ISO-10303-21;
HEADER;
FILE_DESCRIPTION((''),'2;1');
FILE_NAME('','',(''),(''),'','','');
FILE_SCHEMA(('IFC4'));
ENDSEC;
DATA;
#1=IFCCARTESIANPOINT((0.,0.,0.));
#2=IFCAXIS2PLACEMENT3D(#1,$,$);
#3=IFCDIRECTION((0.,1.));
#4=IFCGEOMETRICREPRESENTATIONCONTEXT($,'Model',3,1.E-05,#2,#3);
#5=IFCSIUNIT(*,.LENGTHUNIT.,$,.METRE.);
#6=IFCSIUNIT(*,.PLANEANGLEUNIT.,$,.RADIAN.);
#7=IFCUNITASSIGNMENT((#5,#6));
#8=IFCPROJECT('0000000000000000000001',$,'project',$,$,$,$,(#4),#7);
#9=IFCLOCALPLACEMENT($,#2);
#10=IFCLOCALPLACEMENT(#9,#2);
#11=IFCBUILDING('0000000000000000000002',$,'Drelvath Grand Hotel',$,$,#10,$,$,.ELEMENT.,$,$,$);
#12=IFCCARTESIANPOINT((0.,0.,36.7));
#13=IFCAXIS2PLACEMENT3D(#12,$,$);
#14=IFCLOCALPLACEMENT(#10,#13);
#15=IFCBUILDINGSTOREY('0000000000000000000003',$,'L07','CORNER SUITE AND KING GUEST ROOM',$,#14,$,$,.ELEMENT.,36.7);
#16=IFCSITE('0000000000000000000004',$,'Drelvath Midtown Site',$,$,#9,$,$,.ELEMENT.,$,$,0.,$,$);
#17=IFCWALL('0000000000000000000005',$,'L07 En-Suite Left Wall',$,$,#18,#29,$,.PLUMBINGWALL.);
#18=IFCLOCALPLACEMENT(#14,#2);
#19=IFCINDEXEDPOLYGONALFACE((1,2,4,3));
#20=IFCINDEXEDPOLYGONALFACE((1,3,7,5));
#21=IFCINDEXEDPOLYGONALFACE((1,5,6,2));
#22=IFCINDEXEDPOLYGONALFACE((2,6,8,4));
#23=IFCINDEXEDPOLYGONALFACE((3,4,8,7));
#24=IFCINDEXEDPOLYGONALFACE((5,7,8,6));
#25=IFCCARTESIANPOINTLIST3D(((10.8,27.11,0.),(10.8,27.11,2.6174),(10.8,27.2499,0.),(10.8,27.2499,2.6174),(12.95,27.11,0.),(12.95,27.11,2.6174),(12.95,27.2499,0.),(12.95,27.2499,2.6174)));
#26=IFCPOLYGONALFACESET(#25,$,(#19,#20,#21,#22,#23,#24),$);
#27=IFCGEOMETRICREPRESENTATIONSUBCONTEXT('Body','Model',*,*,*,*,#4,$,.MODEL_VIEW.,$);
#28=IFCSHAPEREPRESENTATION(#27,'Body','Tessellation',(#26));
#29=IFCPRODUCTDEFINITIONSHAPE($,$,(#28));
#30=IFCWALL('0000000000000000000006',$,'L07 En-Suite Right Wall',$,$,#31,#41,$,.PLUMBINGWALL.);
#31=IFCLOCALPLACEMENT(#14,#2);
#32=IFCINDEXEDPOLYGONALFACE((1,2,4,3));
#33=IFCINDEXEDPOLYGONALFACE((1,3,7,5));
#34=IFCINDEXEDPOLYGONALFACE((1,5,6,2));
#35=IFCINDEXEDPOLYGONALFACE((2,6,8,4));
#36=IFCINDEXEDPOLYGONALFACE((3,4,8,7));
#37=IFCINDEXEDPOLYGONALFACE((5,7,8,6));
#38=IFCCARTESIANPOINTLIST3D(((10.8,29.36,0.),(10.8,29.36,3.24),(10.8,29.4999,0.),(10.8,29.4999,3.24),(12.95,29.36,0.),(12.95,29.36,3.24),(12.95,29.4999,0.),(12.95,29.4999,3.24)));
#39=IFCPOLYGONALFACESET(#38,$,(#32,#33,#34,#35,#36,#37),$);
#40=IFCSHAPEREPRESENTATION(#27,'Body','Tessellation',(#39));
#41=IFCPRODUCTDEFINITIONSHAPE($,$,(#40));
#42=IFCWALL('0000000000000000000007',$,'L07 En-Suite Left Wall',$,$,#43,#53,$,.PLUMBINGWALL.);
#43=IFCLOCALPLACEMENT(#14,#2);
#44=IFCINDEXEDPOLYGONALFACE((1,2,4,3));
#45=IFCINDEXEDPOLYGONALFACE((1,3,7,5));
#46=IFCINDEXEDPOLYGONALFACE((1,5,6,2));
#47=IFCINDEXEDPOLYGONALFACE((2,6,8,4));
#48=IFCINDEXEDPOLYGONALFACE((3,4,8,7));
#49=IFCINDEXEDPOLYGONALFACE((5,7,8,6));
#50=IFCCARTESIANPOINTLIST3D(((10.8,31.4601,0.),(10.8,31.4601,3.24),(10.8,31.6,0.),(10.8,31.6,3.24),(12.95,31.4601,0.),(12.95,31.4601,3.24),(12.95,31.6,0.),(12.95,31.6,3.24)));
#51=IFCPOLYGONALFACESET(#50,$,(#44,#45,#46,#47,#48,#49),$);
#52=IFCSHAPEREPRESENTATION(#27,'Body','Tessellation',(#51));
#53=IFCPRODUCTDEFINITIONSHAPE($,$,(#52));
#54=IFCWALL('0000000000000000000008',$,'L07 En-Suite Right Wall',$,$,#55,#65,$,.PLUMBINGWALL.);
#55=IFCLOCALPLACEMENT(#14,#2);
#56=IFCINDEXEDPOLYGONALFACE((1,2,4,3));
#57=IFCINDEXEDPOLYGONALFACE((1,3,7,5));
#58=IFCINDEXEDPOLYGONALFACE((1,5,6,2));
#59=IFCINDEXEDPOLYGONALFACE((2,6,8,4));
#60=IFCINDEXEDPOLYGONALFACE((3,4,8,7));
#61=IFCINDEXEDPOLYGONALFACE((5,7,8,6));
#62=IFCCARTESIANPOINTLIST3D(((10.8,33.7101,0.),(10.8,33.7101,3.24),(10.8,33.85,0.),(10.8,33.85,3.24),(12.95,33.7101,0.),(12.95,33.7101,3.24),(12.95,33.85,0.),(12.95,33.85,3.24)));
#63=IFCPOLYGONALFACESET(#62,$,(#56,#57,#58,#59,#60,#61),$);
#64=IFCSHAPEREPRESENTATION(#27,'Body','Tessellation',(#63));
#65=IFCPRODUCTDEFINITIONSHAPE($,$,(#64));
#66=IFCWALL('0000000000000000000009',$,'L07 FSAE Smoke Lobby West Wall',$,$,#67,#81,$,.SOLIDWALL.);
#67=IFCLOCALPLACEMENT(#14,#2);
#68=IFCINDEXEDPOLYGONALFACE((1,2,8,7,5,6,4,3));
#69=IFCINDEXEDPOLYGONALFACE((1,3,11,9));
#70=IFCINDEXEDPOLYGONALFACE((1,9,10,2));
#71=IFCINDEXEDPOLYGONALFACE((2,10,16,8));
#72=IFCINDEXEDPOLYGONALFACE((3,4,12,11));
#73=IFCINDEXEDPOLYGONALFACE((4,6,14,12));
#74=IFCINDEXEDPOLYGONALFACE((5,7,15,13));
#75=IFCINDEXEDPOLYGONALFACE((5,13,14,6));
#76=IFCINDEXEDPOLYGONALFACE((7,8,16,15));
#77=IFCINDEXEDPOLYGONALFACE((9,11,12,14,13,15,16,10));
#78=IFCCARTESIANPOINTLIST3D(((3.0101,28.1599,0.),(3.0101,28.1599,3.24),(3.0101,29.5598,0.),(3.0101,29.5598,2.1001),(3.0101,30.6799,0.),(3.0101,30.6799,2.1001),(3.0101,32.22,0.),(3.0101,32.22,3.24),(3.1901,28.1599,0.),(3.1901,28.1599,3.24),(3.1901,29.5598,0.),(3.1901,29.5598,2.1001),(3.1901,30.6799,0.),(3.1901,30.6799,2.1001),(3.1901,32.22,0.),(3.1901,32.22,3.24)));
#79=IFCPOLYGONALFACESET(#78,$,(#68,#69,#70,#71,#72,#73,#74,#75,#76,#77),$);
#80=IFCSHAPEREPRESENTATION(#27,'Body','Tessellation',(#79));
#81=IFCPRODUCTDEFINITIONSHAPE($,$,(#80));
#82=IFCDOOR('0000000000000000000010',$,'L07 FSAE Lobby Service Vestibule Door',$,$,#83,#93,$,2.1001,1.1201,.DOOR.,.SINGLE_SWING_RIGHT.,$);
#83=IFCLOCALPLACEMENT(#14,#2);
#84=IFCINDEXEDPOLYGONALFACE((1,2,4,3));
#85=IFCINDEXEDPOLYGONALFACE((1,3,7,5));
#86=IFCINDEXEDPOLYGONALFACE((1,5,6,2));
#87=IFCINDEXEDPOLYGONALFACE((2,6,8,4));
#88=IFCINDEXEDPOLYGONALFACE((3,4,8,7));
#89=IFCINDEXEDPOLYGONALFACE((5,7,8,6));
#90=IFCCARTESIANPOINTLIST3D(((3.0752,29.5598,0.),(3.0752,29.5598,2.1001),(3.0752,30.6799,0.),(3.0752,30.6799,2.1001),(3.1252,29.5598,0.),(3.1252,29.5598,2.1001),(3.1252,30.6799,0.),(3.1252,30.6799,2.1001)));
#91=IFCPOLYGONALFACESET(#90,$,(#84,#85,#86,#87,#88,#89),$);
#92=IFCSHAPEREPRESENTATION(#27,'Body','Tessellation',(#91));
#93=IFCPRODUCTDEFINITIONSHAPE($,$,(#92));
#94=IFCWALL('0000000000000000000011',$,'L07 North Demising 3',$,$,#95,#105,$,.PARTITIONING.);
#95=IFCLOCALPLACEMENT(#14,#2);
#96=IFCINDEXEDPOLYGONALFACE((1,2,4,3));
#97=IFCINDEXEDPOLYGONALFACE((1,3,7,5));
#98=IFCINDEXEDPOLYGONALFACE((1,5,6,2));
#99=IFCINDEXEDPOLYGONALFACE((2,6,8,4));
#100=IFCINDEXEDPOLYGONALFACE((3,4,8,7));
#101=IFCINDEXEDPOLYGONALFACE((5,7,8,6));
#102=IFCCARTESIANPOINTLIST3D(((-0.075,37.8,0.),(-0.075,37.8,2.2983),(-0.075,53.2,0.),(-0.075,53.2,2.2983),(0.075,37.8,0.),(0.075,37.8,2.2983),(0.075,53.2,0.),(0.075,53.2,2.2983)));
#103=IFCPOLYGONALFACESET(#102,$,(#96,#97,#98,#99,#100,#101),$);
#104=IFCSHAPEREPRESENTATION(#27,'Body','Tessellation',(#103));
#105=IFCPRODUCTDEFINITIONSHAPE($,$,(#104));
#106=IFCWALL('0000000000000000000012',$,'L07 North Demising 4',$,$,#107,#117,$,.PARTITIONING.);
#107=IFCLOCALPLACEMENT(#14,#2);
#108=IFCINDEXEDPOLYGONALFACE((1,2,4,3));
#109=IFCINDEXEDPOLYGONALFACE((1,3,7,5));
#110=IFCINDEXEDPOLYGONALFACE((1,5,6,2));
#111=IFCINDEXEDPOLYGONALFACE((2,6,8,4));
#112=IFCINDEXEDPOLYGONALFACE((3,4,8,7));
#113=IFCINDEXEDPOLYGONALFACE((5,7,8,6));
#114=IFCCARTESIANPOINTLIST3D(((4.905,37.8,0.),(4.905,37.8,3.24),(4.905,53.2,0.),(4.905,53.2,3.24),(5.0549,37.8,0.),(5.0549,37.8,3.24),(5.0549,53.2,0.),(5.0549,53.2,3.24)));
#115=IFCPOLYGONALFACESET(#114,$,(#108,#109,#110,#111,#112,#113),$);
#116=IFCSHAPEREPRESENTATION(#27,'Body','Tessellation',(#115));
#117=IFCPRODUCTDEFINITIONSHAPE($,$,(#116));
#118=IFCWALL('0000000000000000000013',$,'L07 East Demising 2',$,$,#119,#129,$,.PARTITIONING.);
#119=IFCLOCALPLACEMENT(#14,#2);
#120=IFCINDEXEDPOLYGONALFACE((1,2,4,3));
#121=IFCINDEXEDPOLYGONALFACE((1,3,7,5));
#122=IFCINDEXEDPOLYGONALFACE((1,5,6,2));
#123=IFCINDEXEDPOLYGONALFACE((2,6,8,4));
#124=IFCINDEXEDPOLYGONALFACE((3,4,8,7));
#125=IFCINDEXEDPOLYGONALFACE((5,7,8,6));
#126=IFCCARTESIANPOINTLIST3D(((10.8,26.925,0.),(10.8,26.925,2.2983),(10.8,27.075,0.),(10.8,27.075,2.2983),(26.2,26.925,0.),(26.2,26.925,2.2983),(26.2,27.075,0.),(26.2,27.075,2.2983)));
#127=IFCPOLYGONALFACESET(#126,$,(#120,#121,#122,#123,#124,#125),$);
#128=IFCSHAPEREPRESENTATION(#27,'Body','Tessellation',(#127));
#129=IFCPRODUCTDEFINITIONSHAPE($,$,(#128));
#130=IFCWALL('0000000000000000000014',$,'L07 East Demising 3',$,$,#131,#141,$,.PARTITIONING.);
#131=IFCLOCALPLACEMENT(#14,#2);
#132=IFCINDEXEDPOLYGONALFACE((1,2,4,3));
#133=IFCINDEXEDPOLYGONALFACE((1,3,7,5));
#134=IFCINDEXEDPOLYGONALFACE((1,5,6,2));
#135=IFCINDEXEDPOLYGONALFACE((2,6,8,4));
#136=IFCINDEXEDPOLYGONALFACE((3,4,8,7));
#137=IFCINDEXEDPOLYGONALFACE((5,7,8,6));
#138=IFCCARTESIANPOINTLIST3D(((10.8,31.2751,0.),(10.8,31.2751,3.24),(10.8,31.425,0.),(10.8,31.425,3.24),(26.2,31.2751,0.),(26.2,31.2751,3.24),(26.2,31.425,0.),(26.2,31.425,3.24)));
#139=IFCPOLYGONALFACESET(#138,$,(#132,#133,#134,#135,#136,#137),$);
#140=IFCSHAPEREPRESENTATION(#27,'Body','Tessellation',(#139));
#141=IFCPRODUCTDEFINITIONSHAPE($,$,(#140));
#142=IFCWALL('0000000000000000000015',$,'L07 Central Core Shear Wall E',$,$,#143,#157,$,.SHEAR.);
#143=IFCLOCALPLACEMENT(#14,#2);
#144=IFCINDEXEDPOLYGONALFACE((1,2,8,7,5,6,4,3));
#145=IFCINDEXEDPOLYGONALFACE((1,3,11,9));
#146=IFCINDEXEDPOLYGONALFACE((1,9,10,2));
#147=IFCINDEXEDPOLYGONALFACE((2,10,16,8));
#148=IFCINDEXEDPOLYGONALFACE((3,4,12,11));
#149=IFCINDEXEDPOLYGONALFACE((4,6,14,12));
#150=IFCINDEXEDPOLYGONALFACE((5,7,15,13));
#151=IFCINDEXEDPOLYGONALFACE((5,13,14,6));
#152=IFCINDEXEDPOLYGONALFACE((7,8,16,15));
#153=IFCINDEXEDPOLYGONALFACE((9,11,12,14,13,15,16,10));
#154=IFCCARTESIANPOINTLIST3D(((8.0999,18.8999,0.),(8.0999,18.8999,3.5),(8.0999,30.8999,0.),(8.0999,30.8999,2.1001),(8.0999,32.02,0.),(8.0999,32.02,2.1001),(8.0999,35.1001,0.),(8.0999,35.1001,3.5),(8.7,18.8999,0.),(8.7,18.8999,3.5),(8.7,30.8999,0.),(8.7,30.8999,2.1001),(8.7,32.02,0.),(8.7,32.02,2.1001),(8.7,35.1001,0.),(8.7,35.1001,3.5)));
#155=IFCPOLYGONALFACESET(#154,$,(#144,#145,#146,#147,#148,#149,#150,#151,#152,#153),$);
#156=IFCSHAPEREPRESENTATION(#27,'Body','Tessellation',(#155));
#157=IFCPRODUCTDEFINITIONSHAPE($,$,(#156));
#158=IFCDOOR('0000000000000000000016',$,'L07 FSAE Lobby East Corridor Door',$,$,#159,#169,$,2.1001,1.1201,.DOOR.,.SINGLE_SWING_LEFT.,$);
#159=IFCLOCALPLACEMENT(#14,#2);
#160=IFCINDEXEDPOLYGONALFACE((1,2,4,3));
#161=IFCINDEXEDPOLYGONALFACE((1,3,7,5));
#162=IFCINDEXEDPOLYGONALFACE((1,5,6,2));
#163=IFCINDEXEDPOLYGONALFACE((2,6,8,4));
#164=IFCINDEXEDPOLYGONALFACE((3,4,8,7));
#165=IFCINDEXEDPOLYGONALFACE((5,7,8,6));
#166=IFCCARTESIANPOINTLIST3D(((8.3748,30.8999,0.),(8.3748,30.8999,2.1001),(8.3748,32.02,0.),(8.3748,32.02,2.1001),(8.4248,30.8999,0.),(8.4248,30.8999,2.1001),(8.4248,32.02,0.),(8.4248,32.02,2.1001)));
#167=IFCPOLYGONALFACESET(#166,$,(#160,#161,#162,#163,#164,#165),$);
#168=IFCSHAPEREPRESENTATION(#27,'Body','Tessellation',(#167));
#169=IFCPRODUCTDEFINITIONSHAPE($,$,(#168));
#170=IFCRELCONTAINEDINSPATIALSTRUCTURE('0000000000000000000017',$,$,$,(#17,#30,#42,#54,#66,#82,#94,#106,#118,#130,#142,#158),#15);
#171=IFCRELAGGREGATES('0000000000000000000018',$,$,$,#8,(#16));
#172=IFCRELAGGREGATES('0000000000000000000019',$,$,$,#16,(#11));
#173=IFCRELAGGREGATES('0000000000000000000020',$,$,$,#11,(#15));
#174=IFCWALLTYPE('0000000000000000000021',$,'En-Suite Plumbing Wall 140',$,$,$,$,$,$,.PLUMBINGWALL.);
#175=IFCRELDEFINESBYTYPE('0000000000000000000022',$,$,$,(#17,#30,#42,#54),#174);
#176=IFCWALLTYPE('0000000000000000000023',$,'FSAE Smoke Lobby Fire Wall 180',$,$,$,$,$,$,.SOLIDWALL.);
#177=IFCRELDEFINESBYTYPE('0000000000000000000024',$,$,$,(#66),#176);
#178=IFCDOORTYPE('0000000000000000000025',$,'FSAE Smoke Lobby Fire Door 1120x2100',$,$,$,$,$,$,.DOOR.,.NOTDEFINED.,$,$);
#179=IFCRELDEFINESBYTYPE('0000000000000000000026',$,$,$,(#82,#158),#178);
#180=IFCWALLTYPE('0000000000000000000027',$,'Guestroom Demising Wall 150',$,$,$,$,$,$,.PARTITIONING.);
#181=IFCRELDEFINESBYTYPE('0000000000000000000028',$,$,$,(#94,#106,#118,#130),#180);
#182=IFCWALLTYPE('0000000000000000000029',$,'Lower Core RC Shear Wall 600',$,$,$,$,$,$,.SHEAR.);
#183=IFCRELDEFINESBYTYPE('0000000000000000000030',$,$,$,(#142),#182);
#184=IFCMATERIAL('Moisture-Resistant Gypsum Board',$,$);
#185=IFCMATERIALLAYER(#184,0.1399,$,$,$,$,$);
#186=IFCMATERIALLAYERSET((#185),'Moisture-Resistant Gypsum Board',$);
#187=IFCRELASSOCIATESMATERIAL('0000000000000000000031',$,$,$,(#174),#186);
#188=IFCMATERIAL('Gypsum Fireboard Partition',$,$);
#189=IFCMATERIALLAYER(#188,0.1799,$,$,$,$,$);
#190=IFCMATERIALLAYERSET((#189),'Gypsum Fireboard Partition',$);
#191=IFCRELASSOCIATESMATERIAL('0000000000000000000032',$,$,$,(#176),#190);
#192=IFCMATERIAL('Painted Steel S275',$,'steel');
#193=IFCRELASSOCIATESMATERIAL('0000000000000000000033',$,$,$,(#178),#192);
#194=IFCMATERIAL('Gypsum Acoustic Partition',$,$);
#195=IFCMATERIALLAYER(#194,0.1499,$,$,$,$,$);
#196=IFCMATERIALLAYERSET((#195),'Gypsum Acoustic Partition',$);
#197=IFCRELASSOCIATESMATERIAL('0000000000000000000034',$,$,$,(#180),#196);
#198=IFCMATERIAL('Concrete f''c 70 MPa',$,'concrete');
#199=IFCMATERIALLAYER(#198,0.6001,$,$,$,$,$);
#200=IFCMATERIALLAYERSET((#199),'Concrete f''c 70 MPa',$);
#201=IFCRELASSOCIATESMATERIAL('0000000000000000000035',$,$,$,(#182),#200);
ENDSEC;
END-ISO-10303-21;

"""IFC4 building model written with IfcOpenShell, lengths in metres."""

from ifc_helpers import new_model, si_unit, direction, frame, frame_2d, origin, place, context, subcontext, project, spatial, rectangle, extrude, material, layer, layer_set, type_object, element, fill, save


model = new_model("IFC4")

# Units and contexts
model_context = context("Model", 3, precision=1e-05, world=origin(), true_north=direction((0.0, 1.0)))
body_context = subcontext(model_context, "Body", "Model", "MODEL_VIEW")
ifc_project = project(units=[si_unit("LENGTHUNIT", "METRE"), si_unit("PLANEANGLEUNIT", "RADIAN")], contexts=[model_context])

# Site, building, storey
site_placement = place(None, origin())
site = spatial("IfcSite", under=ifc_project, at=site_placement, Name="Drelvath Midtown Site", CompositionType="ELEMENT", RefElevation=0.0)
building_placement = place(site_placement, origin())
building = spatial("IfcBuilding", under=site, at=building_placement, Name="Drelvath Grand Hotel", CompositionType="ELEMENT")
storey_placement = place(building_placement, frame((0.0, 0.0, 36.7)))
storey = spatial("IfcBuildingStorey", under=building, at=storey_placement, Name="L07", Description="CORNER SUITE AND KING GUEST ROOM", CompositionType="ELEMENT", Elevation=36.7)

# Shared definitions
ifc_material_1 = material(Name="Concrete f'c 70 MPa", Category="concrete")

# Shared definitions
ifc_material_2 = material(Name="Painted Steel S275", Category="steel")

# Walls
ifc_material_3 = material(Name="Gypsum Fireboard Partition")
ifc_material_4 = material(Name="Moisture-Resistant Gypsum Board")
ifc_layer_1 = layer(ifc_material_4, 0.1399)
ifc_layer_set_1 = layer_set([ifc_layer_1], Name="Moisture-Resistant Gypsum Board")
wall_type_1 = type_object("IfcWallType", Name="En-Suite Plumbing Wall 140", PredefinedType="PLUMBINGWALL", material=ifc_layer_set_1)
wall_1_placement = place(storey_placement, frame((10.8, 27.1799, 0.0), z_axis=(0.0, 0.0, 1.0), x_axis=(1.0, 0.0, 0.0)))
element("IfcWall", 1, at=wall_1_placement, inside=storey, type_object=wall_type_1, Name="L07 En-Suite Left Wall", PredefinedType="PLUMBINGWALL", context=body_context, shape_type="SweptSolid", body=[
    extrude(rectangle(XDim=2.1499, YDim=0.1399, at=frame_2d((1.075, 0.0))), origin(), (0.0, 0.0, 1.0), 2.6174),
])
for number, where, z_axis, x_axis, name in (
    (2, (10.8, 29.4299, 0.0), (0.0, 0.0, 1.0), (1.0, 0.0, 0.0), "L07 En-Suite Right Wall"),
    (3, (10.8, 31.53, 0.0), (0.0, 0.0, 1.0), (1.0, 0.0, 0.0), "L07 En-Suite Left Wall"),
    (4, (10.8, 33.78, 0.0), (0.0, 0.0, 1.0), (1.0, 0.0, 0.0), "L07 En-Suite Right Wall"),
):
    element("IfcWall", number, at=place(storey_placement, frame(where, z_axis=z_axis, x_axis=x_axis)), inside=storey, type_object=wall_type_1, Name=name, PredefinedType="PLUMBINGWALL", context=body_context, shape_type="SweptSolid", body=[
        extrude(rectangle(XDim=2.1499, YDim=0.1399, at=frame_2d((1.075, 0.0))), origin(), (0.0, 0.0, 1.0), 3.24),
    ])

# Wall, opening, door
ifc_layer_2 = layer(ifc_material_3, 0.1799)
ifc_layer_set_2 = layer_set([ifc_layer_2], Name="Gypsum Fireboard Partition")
wall_type_2 = type_object("IfcWallType", Name="FSAE Smoke Lobby Fire Wall 180", PredefinedType="SOLIDWALL", material=ifc_layer_set_2)
wall_2_placement = place(storey_placement, frame((3.1001, 28.1599, 0.0), z_axis=(0.0, 0.0, 1.0), x_axis=(0.0, 1.0, 0.0)))
wall_2 = element("IfcWall", 5, at=wall_2_placement, inside=storey, type_object=wall_type_2, Name="L07 FSAE Smoke Lobby West Wall", PredefinedType="SOLIDWALL", context=body_context, shape_type="SweptSolid", body=[
    extrude(rectangle(XDim=4.0601, YDim=0.1799, at=frame_2d((2.03, 0.0))), origin(), (0.0, 0.0, 1.0), 3.24),
])
opening_1_placement = place(wall_2_placement, frame((1.3999, 0.0, 0.0)))
opening_1 = element("IfcOpeningElement", 6, at=opening_1_placement, cuts=wall_2, PredefinedType="OPENING", context=body_context, shape_type="SweptSolid", body=[
    extrude(rectangle(XDim=1.1201, YDim=2.1001, at=frame_2d((0.5601, 1.05))), frame((0.0, 0.0999, 0.0), z_axis=(0.0, -1.0, 0.0), x_axis=(1.0, 0.0, 0.0)), (0.0, 0.0, 1.0), 0.2),
])
door_type_1 = type_object("IfcDoorType", Name="FSAE Smoke Lobby Fire Door 1120x2100", OperationType="NOTDEFINED", PredefinedType="DOOR", material=ifc_material_2)
door_1_placement = place(opening_1_placement, origin())
door_1 = element("IfcDoor", 7, at=door_1_placement, inside=storey, type_object=door_type_1, Name="L07 FSAE Lobby Service Vestibule Door", OperationType="SINGLE_SWING_RIGHT", OverallHeight=2.1001, OverallWidth=1.1201, PredefinedType="DOOR", context=body_context, shape_type="SweptSolid", body=[
    extrude(rectangle(XDim=1.1201, YDim=2.1001, at=frame_2d((0.5601, 1.05))), frame((0.0, 0.0249, 0.0), z_axis=(0.0, -1.0, 0.0), x_axis=(1.0, 0.0, 0.0)), (0.0, 0.0, 1.0), 0.05),
])
fill(opening_1, door_1)

# Walls
ifc_material_5 = material(Name="Gypsum Acoustic Partition")
ifc_layer_3 = layer(ifc_material_5, 0.1499)
ifc_layer_set_3 = layer_set([ifc_layer_3], Name="Gypsum Acoustic Partition")
wall_type_3 = type_object("IfcWallType", Name="Guestroom Demising Wall 150", PredefinedType="PARTITIONING", material=ifc_layer_set_3)
wall_3_placement = place(storey_placement, frame((0.0, 37.8, 0.0), z_axis=(0.0, 0.0, 1.0), x_axis=(0.0, 1.0, 0.0)))
element("IfcWall", 8, at=wall_3_placement, inside=storey, type_object=wall_type_3, Name="L07 North Demising 3", PredefinedType="PARTITIONING", context=body_context, shape_type="SweptSolid", body=[
    extrude(rectangle(XDim=15.3999, YDim=0.1499, at=frame_2d((7.7, 0.0))), origin(), (0.0, 0.0, 1.0), 2.2983),
])
wall_4_placement = place(storey_placement, frame((4.98, 37.8, 0.0), z_axis=(0.0, 0.0, 1.0), x_axis=(0.0, 1.0, 0.0)))
element("IfcWall", 9, at=wall_4_placement, inside=storey, type_object=wall_type_3, Name="L07 North Demising 4", PredefinedType="PARTITIONING", context=body_context, shape_type="SweptSolid", body=[
    extrude(rectangle(XDim=15.3999, YDim=0.1499, at=frame_2d((7.7, 0.0))), origin(), (0.0, 0.0, 1.0), 3.24),
])
wall_5_placement = place(storey_placement, frame((10.8, 27.0, 0.0), z_axis=(0.0, 0.0, 1.0), x_axis=(1.0, 0.0, 0.0)))
element("IfcWall", 10, at=wall_5_placement, inside=storey, type_object=wall_type_3, Name="L07 East Demising 2", PredefinedType="PARTITIONING", context=body_context, shape_type="SweptSolid", body=[
    extrude(rectangle(XDim=15.3999, YDim=0.1499, at=frame_2d((7.7, 0.0))), origin(), (0.0, 0.0, 1.0), 2.2983),
])
wall_6_placement = place(storey_placement, frame((10.8, 31.3501, 0.0), z_axis=(0.0, 0.0, 1.0), x_axis=(1.0, 0.0, 0.0)))
element("IfcWall", 11, at=wall_6_placement, inside=storey, type_object=wall_type_3, Name="L07 East Demising 3", PredefinedType="PARTITIONING", context=body_context, shape_type="SweptSolid", body=[
    extrude(rectangle(XDim=15.3999, YDim=0.1499, at=frame_2d((7.7, 0.0))), origin(), (0.0, 0.0, 1.0), 3.24),
])

# Wall, opening, door
ifc_layer_4 = layer(ifc_material_1, 0.6001)
ifc_layer_set_4 = layer_set([ifc_layer_4], Name="Concrete f'c 70 MPa")
wall_type_4 = type_object("IfcWallType", Name="Lower Core RC Shear Wall 600", PredefinedType="SHEAR", material=ifc_layer_set_4)
wall_7_placement = place(storey_placement, frame((8.3999, 35.1001, 0.0), z_axis=(0.0, 0.0, 1.0), x_axis=(0.0, -1.0, 0.0)))
wall_7 = element("IfcWall", 12, at=wall_7_placement, inside=storey, type_object=wall_type_4, Name="L07 Central Core Shear Wall E", PredefinedType="SHEAR", context=body_context, shape_type="SweptSolid", body=[
    extrude(rectangle(XDim=16.2002, YDim=0.6001, at=frame_2d((8.1001, 0.0))), origin(), (0.0, 0.0, 1.0), 3.5),
])
opening_2_placement = place(wall_7_placement, frame((3.0801, 0.0, 0.0)))
opening_2 = element("IfcOpeningElement", 13, at=opening_2_placement, cuts=wall_7, PredefinedType="OPENING", context=body_context, shape_type="SweptSolid", body=[
    extrude(rectangle(XDim=1.1201, YDim=2.1001, at=frame_2d((0.5601, 1.05))), frame((0.0, 0.3101, 0.0), z_axis=(0.0, -1.0, 0.0), x_axis=(1.0, 0.0, 0.0)), (0.0, 0.0, 1.0), 0.6201),
])
door_2_placement = place(opening_2_placement, origin())
door_2 = element("IfcDoor", 14, at=door_2_placement, inside=storey, type_object=door_type_1, Name="L07 FSAE Lobby East Corridor Door", OperationType="SINGLE_SWING_LEFT", OverallHeight=2.1001, OverallWidth=1.1201, PredefinedType="DOOR", context=body_context, shape_type="SweptSolid", body=[
    extrude(rectangle(XDim=1.1201, YDim=2.1001, at=frame_2d((0.5601, 1.05))), frame((0.0, 0.0249, 0.0), z_axis=(0.0, -1.0, 0.0), x_axis=(1.0, 0.0, 0.0)), (0.0, 0.0, 1.0), 0.05),
])
fill(opening_2, door_2)

save(model, "model.ifc")
